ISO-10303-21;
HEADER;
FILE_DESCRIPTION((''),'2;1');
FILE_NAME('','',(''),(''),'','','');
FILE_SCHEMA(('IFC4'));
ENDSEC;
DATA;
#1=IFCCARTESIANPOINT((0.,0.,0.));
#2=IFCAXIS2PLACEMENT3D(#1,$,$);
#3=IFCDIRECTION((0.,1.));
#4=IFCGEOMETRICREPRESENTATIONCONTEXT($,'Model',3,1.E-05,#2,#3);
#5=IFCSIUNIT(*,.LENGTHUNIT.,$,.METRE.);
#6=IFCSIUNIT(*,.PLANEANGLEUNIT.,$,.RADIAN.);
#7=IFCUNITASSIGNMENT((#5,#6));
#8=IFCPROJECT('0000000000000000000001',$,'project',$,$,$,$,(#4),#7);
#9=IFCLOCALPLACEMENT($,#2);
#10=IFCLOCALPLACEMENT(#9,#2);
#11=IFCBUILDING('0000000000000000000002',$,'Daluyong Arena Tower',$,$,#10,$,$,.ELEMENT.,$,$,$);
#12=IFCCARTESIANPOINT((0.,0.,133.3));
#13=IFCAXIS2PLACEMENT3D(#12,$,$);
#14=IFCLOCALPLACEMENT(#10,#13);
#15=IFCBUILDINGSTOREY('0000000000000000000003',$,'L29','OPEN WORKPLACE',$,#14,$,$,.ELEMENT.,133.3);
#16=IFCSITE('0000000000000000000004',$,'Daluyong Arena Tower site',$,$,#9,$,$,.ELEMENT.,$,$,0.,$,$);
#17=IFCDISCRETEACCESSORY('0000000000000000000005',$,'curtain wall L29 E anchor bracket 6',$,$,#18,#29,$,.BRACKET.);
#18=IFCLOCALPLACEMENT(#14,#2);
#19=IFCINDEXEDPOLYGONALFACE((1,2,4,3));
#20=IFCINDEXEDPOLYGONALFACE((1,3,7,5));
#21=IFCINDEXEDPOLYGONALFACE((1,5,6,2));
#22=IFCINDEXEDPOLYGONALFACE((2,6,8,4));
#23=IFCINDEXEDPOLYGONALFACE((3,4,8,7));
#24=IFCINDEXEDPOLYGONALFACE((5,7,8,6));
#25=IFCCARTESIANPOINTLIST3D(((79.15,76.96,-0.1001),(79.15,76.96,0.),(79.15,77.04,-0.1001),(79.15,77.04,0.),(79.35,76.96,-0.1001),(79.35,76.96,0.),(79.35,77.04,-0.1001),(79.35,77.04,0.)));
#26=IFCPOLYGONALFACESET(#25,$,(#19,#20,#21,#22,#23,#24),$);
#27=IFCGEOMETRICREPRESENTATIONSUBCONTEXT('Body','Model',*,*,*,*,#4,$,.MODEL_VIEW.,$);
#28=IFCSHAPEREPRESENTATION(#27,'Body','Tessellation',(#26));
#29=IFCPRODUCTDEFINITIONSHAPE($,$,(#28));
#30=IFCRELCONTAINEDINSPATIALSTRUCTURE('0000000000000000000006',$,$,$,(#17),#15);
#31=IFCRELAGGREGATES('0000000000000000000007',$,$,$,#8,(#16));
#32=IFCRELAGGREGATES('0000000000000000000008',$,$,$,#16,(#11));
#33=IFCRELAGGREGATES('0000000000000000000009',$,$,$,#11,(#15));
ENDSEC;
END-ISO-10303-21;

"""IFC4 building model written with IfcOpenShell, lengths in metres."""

from ifc_helpers import new_model, si_unit, direction, frame, origin, origin_2d, place, context, subcontext, project, spatial, rectangle, extrude, element, save


model = new_model("IFC4")

# Units and contexts
model_context = context("Model", 3, precision=1e-05, world=origin(), true_north=direction((0.0, 1.0)))
body_context = subcontext(model_context, "Body", "Model", "MODEL_VIEW")
ifc_project = project(units=[si_unit("LENGTHUNIT", "METRE"), si_unit("PLANEANGLEUNIT", "RADIAN")], contexts=[model_context])

# Site, building, storey
site_placement = place(None, origin())
site = spatial("IfcSite", under=ifc_project, at=site_placement, Name="Daluyong Arena Tower site", CompositionType="ELEMENT", RefElevation=0.0)
building_placement = place(site_placement, origin())
building = spatial("IfcBuilding", under=site, at=building_placement, Name="Daluyong Arena Tower", CompositionType="ELEMENT")
storey_placement = place(building_placement, frame((0.0, 0.0, 133.3)))
storey = spatial("IfcBuildingStorey", under=building, at=storey_placement, Name="L29", Description="OPEN WORKPLACE", CompositionType="ELEMENT", Elevation=133.3)

# Discrete accessory
for number, where, z_axis, x_axis, name in (
    (1, (79.25, 77.0, -0.1001), (0.0, 0.0, 1.0), (0.0, 1.0, 0.0), "curtain wall L29 E anchor bracket 6"),
):
    element("IfcDiscreteAccessory", number, at=place(storey_placement, frame(where, z_axis=z_axis, x_axis=x_axis)), inside=storey, Name=name, PredefinedType="BRACKET", context=body_context, shape_type="SweptSolid", body=[
        extrude(rectangle(XDim=0.0801, YDim=0.2, at=origin_2d()), origin(), (0.0, 0.0, 1.0), 0.1001),
    ])

save(model, "model.ifc")
